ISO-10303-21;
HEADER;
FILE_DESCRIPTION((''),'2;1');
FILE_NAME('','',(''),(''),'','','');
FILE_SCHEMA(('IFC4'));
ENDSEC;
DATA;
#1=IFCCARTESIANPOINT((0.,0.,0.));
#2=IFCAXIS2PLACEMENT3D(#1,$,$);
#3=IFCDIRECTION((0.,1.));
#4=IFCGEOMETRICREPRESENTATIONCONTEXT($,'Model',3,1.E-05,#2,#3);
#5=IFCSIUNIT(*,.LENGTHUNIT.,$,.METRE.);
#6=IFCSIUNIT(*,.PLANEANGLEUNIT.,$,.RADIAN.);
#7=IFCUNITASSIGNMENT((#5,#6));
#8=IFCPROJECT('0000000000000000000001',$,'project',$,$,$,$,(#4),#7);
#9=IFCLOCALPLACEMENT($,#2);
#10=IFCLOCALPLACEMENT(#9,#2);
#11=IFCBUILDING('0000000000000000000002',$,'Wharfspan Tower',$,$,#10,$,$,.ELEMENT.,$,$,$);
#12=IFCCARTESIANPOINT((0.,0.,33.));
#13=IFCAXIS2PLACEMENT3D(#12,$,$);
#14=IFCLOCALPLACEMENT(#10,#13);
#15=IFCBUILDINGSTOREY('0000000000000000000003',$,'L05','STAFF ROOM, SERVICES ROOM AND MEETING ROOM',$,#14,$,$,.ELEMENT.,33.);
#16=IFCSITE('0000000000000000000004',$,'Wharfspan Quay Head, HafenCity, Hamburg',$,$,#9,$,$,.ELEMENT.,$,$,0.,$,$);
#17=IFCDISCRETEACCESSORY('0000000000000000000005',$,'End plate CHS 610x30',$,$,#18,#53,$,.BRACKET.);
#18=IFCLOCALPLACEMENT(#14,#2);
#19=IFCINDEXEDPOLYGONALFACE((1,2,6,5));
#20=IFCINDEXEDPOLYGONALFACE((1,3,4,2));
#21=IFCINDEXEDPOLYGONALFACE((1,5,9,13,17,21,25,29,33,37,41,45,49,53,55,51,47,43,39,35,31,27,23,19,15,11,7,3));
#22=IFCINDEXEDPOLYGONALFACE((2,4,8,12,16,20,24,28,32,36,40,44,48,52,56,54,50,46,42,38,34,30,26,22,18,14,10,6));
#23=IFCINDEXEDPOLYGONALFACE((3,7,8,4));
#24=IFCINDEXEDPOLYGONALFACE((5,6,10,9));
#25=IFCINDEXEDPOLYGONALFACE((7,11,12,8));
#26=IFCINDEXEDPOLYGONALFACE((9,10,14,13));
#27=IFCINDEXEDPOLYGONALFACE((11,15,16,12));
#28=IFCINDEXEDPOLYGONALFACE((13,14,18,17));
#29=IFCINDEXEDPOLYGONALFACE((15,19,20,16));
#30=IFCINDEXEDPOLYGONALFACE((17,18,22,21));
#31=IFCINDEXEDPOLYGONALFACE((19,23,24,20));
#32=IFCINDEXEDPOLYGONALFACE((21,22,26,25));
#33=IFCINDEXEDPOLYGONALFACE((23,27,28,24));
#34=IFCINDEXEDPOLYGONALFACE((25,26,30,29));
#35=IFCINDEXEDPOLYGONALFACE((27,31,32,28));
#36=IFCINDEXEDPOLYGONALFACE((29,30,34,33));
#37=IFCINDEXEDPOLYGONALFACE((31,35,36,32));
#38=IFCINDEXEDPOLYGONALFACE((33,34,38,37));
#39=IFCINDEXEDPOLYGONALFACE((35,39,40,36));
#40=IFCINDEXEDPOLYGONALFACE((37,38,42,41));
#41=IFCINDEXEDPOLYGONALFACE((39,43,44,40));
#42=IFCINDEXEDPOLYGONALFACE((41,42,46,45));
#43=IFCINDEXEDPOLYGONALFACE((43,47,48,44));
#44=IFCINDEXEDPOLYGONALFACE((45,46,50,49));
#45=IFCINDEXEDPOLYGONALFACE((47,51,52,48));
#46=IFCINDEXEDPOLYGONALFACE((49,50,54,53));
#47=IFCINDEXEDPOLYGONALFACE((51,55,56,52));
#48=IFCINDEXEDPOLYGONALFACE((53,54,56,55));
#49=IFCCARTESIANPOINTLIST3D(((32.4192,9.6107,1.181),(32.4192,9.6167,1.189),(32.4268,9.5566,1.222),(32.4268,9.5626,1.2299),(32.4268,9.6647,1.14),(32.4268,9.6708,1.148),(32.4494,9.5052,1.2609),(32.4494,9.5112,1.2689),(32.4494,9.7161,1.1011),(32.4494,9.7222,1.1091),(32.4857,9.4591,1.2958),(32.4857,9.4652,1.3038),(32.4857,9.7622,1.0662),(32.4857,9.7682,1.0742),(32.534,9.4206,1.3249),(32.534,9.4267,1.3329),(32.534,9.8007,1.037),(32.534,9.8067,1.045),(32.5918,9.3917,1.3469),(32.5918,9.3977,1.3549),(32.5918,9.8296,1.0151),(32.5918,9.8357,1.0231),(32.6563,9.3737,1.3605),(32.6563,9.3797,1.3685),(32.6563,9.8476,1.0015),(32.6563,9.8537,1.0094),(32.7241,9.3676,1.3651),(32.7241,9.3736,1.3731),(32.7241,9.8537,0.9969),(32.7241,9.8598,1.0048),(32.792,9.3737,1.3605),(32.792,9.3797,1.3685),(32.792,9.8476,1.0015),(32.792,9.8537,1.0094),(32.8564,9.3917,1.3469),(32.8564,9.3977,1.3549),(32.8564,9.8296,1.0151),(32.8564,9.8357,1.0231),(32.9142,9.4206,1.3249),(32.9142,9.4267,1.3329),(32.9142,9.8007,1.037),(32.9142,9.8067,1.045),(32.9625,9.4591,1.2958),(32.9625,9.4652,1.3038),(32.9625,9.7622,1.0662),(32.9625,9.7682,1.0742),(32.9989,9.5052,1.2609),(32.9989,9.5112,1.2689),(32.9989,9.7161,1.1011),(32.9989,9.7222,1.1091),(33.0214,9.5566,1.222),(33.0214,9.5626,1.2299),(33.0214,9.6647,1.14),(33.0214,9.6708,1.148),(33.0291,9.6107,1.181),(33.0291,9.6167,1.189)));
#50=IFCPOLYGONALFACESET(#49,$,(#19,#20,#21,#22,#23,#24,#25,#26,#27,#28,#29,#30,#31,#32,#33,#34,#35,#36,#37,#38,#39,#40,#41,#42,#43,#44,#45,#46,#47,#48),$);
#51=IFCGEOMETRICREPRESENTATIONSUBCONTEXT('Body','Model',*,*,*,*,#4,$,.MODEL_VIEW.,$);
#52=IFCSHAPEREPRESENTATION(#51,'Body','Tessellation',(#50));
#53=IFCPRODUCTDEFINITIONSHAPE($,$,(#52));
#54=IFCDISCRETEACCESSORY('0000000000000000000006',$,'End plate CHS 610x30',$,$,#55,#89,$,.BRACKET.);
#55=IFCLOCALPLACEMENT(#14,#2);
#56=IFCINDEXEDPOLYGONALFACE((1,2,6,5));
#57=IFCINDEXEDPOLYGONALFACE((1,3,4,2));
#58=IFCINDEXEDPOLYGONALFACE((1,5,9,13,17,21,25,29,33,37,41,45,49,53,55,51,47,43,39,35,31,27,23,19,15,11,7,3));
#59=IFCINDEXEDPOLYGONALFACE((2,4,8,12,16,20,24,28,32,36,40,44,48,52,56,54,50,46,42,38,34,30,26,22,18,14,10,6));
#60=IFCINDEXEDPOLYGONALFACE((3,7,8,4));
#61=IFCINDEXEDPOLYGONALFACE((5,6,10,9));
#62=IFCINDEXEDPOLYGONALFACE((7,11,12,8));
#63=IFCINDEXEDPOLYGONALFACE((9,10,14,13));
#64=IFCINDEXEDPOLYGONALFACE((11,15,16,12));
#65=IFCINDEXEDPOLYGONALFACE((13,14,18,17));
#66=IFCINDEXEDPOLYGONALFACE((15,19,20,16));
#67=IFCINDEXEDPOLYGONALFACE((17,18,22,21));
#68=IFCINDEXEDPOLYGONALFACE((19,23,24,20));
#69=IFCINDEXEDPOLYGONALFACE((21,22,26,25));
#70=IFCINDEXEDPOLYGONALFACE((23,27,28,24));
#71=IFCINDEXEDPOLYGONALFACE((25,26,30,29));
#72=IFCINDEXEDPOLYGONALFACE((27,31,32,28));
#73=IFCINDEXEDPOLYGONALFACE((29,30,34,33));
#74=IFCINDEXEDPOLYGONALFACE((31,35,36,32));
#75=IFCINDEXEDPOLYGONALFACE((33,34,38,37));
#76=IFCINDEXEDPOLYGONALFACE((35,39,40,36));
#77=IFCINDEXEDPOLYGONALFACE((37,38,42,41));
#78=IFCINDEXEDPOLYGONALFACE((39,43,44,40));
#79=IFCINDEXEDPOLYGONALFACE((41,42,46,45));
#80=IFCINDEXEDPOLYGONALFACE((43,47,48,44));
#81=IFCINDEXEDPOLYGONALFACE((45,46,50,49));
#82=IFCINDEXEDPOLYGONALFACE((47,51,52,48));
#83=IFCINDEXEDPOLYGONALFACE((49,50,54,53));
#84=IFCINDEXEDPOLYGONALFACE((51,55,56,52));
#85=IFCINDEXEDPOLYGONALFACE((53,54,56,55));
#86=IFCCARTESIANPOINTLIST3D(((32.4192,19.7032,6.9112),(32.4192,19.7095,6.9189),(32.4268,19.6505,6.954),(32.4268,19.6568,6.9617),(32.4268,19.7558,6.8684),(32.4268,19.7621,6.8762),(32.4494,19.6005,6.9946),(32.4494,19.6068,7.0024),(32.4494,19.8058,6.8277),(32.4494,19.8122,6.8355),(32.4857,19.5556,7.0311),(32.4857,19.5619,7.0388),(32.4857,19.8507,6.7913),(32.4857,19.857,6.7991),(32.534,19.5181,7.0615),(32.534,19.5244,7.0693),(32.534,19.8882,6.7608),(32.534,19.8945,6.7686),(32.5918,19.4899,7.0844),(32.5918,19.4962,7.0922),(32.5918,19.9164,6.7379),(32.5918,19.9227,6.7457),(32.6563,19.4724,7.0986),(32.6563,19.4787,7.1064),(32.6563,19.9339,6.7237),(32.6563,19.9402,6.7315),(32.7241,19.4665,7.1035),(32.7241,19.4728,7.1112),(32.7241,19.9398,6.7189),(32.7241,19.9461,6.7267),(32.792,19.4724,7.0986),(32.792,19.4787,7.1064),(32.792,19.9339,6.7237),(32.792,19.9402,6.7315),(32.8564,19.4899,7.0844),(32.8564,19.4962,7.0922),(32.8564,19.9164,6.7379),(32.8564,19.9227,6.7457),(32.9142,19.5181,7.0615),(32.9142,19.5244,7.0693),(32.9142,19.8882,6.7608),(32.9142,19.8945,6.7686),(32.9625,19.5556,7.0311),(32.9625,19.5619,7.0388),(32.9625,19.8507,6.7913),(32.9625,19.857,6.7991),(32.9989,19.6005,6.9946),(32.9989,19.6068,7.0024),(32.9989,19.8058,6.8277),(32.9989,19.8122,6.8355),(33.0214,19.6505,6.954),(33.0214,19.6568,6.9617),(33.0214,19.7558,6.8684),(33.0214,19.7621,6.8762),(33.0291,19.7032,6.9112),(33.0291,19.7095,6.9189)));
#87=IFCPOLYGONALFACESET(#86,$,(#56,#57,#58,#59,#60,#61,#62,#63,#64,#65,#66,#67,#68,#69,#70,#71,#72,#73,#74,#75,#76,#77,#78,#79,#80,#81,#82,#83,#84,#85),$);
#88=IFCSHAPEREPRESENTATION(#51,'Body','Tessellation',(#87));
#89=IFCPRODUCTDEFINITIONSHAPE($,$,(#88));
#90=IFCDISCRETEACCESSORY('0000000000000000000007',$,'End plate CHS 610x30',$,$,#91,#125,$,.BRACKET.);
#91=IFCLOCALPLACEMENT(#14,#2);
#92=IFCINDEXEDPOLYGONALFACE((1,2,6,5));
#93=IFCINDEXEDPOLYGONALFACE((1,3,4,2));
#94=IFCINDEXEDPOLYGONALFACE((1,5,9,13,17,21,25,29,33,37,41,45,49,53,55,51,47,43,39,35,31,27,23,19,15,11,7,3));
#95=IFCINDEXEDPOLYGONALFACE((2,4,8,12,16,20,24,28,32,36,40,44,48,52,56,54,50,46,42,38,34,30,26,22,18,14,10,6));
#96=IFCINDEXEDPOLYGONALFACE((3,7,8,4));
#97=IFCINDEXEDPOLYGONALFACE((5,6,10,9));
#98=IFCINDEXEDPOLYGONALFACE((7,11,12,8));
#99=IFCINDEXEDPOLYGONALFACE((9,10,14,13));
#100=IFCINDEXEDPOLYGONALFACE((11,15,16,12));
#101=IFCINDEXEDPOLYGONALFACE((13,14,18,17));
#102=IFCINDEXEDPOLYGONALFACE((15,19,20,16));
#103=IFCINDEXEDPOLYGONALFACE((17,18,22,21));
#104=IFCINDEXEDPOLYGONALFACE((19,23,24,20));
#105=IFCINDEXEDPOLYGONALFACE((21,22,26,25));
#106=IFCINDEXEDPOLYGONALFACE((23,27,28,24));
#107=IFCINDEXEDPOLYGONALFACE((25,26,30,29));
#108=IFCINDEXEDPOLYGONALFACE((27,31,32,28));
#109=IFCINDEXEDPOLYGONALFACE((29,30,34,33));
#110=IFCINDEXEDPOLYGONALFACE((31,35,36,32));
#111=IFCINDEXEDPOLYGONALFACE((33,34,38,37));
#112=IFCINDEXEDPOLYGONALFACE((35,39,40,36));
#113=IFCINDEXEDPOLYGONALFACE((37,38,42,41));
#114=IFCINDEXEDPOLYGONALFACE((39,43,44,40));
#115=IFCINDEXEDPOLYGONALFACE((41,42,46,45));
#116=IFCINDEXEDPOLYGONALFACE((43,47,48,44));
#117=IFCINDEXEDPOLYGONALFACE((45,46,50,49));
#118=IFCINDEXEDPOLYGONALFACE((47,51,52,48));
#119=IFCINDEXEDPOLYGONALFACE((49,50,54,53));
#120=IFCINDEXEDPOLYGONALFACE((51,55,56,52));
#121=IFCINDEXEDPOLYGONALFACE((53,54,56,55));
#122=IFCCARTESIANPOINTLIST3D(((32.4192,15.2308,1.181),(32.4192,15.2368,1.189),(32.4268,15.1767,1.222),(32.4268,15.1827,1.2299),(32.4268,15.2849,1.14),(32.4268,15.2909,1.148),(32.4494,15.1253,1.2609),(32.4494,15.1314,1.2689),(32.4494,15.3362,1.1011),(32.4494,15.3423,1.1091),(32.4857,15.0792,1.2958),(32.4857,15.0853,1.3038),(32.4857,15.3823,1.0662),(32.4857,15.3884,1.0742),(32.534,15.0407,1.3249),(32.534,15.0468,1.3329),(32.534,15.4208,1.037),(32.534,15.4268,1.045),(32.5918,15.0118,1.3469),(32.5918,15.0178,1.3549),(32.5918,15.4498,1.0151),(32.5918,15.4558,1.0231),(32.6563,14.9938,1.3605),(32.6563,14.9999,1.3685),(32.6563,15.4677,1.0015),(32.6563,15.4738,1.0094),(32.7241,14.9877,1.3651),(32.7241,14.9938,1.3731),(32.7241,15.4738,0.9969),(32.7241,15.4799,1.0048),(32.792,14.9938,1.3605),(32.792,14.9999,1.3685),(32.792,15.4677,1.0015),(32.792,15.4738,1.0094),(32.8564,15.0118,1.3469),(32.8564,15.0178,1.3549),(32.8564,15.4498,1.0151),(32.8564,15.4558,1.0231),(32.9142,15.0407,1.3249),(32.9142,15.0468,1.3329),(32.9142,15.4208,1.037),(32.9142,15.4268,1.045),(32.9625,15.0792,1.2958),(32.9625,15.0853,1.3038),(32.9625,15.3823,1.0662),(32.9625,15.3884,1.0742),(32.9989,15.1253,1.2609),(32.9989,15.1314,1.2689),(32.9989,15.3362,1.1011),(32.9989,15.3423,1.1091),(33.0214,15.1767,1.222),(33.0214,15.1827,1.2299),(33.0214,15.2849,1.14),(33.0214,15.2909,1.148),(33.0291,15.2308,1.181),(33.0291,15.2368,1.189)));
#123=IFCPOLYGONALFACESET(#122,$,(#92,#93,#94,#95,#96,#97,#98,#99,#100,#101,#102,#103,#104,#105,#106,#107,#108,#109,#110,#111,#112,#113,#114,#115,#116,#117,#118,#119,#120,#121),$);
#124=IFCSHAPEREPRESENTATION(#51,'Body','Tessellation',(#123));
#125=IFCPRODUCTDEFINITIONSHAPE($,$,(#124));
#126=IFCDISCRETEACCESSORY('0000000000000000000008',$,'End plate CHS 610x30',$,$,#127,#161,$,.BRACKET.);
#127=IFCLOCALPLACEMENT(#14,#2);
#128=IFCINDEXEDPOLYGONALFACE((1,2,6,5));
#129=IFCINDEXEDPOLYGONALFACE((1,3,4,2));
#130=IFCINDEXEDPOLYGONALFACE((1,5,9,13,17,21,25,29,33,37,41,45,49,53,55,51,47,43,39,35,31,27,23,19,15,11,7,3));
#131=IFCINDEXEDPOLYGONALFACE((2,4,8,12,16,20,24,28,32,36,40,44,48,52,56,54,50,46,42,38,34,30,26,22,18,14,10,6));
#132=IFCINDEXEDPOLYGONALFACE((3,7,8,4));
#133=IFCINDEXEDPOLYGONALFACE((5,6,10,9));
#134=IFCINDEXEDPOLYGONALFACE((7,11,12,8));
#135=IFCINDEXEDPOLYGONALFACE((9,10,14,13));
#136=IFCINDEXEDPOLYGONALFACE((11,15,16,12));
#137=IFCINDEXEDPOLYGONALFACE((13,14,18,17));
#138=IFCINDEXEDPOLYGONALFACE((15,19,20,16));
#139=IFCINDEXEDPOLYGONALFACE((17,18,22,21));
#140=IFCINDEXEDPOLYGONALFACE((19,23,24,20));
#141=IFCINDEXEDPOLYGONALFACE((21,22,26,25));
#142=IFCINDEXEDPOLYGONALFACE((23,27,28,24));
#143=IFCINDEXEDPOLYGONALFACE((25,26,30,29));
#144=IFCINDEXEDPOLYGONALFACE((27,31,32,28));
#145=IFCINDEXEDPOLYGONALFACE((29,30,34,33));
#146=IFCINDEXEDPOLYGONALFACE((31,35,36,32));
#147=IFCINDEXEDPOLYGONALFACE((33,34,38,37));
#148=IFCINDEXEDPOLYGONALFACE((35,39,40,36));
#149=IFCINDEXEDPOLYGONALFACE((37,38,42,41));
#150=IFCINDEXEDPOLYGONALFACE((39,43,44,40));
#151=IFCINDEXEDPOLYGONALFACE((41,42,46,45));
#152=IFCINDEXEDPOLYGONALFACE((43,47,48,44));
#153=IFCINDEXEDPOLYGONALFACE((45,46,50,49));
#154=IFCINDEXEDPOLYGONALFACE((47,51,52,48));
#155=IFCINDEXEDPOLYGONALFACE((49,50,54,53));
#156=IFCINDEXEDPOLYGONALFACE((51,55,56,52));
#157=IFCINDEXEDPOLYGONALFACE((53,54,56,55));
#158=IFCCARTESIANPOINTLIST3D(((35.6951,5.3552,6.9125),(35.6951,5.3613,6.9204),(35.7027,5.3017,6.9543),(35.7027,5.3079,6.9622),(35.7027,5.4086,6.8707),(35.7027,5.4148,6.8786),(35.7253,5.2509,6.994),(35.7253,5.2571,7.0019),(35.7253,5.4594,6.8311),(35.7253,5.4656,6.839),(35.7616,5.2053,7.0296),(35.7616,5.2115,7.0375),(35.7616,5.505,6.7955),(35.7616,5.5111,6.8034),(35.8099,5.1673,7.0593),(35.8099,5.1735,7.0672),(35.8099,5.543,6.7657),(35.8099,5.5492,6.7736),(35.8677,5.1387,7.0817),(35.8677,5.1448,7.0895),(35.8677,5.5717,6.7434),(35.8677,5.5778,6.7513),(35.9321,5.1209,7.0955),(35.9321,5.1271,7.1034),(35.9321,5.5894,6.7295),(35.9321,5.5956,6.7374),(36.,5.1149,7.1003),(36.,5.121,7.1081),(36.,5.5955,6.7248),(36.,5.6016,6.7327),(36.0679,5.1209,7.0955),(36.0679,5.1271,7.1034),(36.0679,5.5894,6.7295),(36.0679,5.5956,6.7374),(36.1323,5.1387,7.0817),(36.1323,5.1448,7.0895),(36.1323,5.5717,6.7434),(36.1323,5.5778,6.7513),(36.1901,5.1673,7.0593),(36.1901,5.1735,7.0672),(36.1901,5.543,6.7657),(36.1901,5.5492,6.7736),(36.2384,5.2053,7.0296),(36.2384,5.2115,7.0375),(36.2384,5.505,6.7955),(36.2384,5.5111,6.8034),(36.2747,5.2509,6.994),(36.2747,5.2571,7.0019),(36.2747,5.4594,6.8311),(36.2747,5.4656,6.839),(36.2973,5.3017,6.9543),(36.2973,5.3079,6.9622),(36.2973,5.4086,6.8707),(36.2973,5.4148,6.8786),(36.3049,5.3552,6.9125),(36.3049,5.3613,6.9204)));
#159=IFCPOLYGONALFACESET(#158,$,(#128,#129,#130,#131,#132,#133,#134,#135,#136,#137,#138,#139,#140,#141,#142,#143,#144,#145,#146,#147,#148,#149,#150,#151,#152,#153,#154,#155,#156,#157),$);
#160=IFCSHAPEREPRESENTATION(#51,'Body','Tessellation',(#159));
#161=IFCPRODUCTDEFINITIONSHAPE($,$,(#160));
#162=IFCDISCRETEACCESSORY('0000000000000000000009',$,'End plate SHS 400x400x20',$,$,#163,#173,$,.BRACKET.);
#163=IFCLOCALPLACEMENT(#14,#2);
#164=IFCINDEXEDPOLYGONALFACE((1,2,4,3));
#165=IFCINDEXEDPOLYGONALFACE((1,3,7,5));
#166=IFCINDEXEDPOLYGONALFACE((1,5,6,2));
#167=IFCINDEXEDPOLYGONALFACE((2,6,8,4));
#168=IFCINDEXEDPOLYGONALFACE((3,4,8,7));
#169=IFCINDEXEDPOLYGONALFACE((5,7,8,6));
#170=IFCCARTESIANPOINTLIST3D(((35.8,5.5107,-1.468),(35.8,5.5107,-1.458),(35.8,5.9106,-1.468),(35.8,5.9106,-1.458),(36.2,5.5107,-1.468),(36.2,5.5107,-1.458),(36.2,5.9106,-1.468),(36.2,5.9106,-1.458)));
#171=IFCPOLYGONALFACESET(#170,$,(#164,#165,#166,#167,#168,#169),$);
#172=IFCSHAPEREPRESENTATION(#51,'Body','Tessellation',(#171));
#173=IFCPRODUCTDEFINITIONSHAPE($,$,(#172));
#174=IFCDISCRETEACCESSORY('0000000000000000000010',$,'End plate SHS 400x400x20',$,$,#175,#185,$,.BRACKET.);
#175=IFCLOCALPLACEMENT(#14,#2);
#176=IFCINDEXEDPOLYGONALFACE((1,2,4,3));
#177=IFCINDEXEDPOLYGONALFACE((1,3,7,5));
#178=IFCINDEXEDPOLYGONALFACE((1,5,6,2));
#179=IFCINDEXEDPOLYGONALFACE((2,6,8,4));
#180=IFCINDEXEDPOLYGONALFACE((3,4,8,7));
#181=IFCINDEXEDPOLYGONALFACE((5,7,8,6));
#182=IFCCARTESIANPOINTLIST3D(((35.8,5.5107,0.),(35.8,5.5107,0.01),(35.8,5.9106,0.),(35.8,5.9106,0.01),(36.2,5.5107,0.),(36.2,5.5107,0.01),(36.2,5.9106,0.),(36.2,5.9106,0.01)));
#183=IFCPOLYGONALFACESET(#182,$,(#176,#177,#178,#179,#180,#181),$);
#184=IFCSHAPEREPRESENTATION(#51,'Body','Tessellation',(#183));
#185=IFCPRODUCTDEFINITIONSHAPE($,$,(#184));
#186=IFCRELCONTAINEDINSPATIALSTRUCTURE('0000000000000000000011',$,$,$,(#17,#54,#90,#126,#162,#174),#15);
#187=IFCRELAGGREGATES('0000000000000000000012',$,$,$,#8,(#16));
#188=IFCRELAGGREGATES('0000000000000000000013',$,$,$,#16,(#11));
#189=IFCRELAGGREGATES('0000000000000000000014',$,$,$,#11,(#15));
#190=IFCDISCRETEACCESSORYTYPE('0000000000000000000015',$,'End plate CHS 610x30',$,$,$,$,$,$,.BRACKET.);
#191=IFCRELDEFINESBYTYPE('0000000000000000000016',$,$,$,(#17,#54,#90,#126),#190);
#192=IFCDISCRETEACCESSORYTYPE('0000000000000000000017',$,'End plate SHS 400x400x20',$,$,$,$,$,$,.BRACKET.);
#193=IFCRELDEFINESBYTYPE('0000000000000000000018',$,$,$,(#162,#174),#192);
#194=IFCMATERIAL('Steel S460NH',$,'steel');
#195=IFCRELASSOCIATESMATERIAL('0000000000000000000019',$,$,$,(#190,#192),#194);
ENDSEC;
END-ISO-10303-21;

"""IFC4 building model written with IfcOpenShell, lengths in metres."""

from ifc_helpers import new_model, si_unit, direction, frame, origin, origin_2d, place, context, subcontext, project, spatial, rectangle, circle, extrude, material, material_profile, profile_set, type_object, element, save


model = new_model("IFC4")

# Units and contexts
model_context = context("Model", 3, precision=1e-05, world=origin(), true_north=direction((0.0, 1.0)))
body_context = subcontext(model_context, "Body", "Model", "MODEL_VIEW")
ifc_project = project(units=[si_unit("LENGTHUNIT", "METRE"), si_unit("PLANEANGLEUNIT", "RADIAN")], contexts=[model_context])

# Site, building, storey
site_placement = place(None, origin())
site = spatial("IfcSite", under=ifc_project, at=site_placement, Name="Wharfspan Quay Head, HafenCity, Hamburg", CompositionType="ELEMENT", RefElevation=0.0)
building_placement = place(site_placement, origin())
building = spatial("IfcBuilding", under=site, at=building_placement, Name="Wharfspan Tower", CompositionType="ELEMENT")
storey_placement = place(building_placement, frame((0.0, 0.0, 33.0)))
storey = spatial("IfcBuildingStorey", under=building, at=storey_placement, Name="L05", Description="STAFF ROOM, SERVICES ROOM AND MEETING ROOM", CompositionType="ELEMENT", Elevation=33.0)

# Shared definitions
ifc_material_1 = material(Name="Steel S460NH", Category="steel")

# Discrete accessories
ifc_material_profile_1 = material_profile(ifc_material_1, circle(Radius=0.3049, at=origin_2d()))
ifc_profile_set_1 = profile_set([ifc_material_profile_1], Name="Steel S460NH")
discrete_accessory_type_1 = type_object("IfcDiscreteAccessoryType", Name="End plate CHS 610x30", PredefinedType="BRACKET", material=ifc_profile_set_1)
for number, where, z_axis, x_axis, name in (
    (1, (32.7241, 9.6167, 1.189), (0.0, -0.603858, -0.797092), (1.0, 0.0, 0.0), "End plate CHS 610x30"),
    (2, (32.7241, 19.7095, 6.9189), (0.0, -0.630593, -0.776114), (1.0, 0.0, 0.0), "End plate CHS 610x30"),
    (3, (32.7241, 15.2368, 1.189), (0.0, -0.603858, -0.797092), (1.0, 0.0, 0.0), "End plate CHS 610x30"),
    (4, (36.0, 5.3613, 6.9204), (0.0, -0.615644, -0.788024), (1.0, 0.0, 0.0), "End plate CHS 610x30"),
):
    element("IfcDiscreteAccessory", number, at=place(storey_placement, frame(where, z_axis=z_axis, x_axis=x_axis)), inside=storey, type_object=discrete_accessory_type_1, Name=name, PredefinedType="BRACKET", context=body_context, shape_type="SweptSolid", body=[
        extrude(circle(Radius=0.3049, at=origin_2d()), origin(), (0.0, 0.0, 1.0), 0.01),
    ])
ifc_material_profile_2 = material_profile(ifc_material_1, rectangle(XDim=0.3999, YDim=0.3999, at=origin_2d()))
ifc_profile_set_2 = profile_set([ifc_material_profile_2], Name="Steel S460NH")
discrete_accessory_type_2 = type_object("IfcDiscreteAccessoryType", Name="End plate SHS 400x400x20", PredefinedType="BRACKET", material=ifc_profile_set_2)
for number, where, z_axis, x_axis, name in (
    (5, (36.0, 5.7107, -1.468), (0.0, 0.0, 1.0), (1.0, 0.0, 0.0), "End plate SHS 400x400x20"),
    (6, (36.0, 5.7107, 0.0), (0.0, 0.0, 1.0), (1.0, 0.0, 0.0), "End plate SHS 400x400x20"),
):
    element("IfcDiscreteAccessory", number, at=place(storey_placement, frame(where, z_axis=z_axis, x_axis=x_axis)), inside=storey, type_object=discrete_accessory_type_2, Name=name, PredefinedType="BRACKET", context=body_context, shape_type="SweptSolid", body=[
        extrude(rectangle(XDim=0.3999, YDim=0.3999, at=origin_2d()), origin(), (0.0, 0.0, 1.0), 0.01),
    ])

save(model, "model.ifc")
